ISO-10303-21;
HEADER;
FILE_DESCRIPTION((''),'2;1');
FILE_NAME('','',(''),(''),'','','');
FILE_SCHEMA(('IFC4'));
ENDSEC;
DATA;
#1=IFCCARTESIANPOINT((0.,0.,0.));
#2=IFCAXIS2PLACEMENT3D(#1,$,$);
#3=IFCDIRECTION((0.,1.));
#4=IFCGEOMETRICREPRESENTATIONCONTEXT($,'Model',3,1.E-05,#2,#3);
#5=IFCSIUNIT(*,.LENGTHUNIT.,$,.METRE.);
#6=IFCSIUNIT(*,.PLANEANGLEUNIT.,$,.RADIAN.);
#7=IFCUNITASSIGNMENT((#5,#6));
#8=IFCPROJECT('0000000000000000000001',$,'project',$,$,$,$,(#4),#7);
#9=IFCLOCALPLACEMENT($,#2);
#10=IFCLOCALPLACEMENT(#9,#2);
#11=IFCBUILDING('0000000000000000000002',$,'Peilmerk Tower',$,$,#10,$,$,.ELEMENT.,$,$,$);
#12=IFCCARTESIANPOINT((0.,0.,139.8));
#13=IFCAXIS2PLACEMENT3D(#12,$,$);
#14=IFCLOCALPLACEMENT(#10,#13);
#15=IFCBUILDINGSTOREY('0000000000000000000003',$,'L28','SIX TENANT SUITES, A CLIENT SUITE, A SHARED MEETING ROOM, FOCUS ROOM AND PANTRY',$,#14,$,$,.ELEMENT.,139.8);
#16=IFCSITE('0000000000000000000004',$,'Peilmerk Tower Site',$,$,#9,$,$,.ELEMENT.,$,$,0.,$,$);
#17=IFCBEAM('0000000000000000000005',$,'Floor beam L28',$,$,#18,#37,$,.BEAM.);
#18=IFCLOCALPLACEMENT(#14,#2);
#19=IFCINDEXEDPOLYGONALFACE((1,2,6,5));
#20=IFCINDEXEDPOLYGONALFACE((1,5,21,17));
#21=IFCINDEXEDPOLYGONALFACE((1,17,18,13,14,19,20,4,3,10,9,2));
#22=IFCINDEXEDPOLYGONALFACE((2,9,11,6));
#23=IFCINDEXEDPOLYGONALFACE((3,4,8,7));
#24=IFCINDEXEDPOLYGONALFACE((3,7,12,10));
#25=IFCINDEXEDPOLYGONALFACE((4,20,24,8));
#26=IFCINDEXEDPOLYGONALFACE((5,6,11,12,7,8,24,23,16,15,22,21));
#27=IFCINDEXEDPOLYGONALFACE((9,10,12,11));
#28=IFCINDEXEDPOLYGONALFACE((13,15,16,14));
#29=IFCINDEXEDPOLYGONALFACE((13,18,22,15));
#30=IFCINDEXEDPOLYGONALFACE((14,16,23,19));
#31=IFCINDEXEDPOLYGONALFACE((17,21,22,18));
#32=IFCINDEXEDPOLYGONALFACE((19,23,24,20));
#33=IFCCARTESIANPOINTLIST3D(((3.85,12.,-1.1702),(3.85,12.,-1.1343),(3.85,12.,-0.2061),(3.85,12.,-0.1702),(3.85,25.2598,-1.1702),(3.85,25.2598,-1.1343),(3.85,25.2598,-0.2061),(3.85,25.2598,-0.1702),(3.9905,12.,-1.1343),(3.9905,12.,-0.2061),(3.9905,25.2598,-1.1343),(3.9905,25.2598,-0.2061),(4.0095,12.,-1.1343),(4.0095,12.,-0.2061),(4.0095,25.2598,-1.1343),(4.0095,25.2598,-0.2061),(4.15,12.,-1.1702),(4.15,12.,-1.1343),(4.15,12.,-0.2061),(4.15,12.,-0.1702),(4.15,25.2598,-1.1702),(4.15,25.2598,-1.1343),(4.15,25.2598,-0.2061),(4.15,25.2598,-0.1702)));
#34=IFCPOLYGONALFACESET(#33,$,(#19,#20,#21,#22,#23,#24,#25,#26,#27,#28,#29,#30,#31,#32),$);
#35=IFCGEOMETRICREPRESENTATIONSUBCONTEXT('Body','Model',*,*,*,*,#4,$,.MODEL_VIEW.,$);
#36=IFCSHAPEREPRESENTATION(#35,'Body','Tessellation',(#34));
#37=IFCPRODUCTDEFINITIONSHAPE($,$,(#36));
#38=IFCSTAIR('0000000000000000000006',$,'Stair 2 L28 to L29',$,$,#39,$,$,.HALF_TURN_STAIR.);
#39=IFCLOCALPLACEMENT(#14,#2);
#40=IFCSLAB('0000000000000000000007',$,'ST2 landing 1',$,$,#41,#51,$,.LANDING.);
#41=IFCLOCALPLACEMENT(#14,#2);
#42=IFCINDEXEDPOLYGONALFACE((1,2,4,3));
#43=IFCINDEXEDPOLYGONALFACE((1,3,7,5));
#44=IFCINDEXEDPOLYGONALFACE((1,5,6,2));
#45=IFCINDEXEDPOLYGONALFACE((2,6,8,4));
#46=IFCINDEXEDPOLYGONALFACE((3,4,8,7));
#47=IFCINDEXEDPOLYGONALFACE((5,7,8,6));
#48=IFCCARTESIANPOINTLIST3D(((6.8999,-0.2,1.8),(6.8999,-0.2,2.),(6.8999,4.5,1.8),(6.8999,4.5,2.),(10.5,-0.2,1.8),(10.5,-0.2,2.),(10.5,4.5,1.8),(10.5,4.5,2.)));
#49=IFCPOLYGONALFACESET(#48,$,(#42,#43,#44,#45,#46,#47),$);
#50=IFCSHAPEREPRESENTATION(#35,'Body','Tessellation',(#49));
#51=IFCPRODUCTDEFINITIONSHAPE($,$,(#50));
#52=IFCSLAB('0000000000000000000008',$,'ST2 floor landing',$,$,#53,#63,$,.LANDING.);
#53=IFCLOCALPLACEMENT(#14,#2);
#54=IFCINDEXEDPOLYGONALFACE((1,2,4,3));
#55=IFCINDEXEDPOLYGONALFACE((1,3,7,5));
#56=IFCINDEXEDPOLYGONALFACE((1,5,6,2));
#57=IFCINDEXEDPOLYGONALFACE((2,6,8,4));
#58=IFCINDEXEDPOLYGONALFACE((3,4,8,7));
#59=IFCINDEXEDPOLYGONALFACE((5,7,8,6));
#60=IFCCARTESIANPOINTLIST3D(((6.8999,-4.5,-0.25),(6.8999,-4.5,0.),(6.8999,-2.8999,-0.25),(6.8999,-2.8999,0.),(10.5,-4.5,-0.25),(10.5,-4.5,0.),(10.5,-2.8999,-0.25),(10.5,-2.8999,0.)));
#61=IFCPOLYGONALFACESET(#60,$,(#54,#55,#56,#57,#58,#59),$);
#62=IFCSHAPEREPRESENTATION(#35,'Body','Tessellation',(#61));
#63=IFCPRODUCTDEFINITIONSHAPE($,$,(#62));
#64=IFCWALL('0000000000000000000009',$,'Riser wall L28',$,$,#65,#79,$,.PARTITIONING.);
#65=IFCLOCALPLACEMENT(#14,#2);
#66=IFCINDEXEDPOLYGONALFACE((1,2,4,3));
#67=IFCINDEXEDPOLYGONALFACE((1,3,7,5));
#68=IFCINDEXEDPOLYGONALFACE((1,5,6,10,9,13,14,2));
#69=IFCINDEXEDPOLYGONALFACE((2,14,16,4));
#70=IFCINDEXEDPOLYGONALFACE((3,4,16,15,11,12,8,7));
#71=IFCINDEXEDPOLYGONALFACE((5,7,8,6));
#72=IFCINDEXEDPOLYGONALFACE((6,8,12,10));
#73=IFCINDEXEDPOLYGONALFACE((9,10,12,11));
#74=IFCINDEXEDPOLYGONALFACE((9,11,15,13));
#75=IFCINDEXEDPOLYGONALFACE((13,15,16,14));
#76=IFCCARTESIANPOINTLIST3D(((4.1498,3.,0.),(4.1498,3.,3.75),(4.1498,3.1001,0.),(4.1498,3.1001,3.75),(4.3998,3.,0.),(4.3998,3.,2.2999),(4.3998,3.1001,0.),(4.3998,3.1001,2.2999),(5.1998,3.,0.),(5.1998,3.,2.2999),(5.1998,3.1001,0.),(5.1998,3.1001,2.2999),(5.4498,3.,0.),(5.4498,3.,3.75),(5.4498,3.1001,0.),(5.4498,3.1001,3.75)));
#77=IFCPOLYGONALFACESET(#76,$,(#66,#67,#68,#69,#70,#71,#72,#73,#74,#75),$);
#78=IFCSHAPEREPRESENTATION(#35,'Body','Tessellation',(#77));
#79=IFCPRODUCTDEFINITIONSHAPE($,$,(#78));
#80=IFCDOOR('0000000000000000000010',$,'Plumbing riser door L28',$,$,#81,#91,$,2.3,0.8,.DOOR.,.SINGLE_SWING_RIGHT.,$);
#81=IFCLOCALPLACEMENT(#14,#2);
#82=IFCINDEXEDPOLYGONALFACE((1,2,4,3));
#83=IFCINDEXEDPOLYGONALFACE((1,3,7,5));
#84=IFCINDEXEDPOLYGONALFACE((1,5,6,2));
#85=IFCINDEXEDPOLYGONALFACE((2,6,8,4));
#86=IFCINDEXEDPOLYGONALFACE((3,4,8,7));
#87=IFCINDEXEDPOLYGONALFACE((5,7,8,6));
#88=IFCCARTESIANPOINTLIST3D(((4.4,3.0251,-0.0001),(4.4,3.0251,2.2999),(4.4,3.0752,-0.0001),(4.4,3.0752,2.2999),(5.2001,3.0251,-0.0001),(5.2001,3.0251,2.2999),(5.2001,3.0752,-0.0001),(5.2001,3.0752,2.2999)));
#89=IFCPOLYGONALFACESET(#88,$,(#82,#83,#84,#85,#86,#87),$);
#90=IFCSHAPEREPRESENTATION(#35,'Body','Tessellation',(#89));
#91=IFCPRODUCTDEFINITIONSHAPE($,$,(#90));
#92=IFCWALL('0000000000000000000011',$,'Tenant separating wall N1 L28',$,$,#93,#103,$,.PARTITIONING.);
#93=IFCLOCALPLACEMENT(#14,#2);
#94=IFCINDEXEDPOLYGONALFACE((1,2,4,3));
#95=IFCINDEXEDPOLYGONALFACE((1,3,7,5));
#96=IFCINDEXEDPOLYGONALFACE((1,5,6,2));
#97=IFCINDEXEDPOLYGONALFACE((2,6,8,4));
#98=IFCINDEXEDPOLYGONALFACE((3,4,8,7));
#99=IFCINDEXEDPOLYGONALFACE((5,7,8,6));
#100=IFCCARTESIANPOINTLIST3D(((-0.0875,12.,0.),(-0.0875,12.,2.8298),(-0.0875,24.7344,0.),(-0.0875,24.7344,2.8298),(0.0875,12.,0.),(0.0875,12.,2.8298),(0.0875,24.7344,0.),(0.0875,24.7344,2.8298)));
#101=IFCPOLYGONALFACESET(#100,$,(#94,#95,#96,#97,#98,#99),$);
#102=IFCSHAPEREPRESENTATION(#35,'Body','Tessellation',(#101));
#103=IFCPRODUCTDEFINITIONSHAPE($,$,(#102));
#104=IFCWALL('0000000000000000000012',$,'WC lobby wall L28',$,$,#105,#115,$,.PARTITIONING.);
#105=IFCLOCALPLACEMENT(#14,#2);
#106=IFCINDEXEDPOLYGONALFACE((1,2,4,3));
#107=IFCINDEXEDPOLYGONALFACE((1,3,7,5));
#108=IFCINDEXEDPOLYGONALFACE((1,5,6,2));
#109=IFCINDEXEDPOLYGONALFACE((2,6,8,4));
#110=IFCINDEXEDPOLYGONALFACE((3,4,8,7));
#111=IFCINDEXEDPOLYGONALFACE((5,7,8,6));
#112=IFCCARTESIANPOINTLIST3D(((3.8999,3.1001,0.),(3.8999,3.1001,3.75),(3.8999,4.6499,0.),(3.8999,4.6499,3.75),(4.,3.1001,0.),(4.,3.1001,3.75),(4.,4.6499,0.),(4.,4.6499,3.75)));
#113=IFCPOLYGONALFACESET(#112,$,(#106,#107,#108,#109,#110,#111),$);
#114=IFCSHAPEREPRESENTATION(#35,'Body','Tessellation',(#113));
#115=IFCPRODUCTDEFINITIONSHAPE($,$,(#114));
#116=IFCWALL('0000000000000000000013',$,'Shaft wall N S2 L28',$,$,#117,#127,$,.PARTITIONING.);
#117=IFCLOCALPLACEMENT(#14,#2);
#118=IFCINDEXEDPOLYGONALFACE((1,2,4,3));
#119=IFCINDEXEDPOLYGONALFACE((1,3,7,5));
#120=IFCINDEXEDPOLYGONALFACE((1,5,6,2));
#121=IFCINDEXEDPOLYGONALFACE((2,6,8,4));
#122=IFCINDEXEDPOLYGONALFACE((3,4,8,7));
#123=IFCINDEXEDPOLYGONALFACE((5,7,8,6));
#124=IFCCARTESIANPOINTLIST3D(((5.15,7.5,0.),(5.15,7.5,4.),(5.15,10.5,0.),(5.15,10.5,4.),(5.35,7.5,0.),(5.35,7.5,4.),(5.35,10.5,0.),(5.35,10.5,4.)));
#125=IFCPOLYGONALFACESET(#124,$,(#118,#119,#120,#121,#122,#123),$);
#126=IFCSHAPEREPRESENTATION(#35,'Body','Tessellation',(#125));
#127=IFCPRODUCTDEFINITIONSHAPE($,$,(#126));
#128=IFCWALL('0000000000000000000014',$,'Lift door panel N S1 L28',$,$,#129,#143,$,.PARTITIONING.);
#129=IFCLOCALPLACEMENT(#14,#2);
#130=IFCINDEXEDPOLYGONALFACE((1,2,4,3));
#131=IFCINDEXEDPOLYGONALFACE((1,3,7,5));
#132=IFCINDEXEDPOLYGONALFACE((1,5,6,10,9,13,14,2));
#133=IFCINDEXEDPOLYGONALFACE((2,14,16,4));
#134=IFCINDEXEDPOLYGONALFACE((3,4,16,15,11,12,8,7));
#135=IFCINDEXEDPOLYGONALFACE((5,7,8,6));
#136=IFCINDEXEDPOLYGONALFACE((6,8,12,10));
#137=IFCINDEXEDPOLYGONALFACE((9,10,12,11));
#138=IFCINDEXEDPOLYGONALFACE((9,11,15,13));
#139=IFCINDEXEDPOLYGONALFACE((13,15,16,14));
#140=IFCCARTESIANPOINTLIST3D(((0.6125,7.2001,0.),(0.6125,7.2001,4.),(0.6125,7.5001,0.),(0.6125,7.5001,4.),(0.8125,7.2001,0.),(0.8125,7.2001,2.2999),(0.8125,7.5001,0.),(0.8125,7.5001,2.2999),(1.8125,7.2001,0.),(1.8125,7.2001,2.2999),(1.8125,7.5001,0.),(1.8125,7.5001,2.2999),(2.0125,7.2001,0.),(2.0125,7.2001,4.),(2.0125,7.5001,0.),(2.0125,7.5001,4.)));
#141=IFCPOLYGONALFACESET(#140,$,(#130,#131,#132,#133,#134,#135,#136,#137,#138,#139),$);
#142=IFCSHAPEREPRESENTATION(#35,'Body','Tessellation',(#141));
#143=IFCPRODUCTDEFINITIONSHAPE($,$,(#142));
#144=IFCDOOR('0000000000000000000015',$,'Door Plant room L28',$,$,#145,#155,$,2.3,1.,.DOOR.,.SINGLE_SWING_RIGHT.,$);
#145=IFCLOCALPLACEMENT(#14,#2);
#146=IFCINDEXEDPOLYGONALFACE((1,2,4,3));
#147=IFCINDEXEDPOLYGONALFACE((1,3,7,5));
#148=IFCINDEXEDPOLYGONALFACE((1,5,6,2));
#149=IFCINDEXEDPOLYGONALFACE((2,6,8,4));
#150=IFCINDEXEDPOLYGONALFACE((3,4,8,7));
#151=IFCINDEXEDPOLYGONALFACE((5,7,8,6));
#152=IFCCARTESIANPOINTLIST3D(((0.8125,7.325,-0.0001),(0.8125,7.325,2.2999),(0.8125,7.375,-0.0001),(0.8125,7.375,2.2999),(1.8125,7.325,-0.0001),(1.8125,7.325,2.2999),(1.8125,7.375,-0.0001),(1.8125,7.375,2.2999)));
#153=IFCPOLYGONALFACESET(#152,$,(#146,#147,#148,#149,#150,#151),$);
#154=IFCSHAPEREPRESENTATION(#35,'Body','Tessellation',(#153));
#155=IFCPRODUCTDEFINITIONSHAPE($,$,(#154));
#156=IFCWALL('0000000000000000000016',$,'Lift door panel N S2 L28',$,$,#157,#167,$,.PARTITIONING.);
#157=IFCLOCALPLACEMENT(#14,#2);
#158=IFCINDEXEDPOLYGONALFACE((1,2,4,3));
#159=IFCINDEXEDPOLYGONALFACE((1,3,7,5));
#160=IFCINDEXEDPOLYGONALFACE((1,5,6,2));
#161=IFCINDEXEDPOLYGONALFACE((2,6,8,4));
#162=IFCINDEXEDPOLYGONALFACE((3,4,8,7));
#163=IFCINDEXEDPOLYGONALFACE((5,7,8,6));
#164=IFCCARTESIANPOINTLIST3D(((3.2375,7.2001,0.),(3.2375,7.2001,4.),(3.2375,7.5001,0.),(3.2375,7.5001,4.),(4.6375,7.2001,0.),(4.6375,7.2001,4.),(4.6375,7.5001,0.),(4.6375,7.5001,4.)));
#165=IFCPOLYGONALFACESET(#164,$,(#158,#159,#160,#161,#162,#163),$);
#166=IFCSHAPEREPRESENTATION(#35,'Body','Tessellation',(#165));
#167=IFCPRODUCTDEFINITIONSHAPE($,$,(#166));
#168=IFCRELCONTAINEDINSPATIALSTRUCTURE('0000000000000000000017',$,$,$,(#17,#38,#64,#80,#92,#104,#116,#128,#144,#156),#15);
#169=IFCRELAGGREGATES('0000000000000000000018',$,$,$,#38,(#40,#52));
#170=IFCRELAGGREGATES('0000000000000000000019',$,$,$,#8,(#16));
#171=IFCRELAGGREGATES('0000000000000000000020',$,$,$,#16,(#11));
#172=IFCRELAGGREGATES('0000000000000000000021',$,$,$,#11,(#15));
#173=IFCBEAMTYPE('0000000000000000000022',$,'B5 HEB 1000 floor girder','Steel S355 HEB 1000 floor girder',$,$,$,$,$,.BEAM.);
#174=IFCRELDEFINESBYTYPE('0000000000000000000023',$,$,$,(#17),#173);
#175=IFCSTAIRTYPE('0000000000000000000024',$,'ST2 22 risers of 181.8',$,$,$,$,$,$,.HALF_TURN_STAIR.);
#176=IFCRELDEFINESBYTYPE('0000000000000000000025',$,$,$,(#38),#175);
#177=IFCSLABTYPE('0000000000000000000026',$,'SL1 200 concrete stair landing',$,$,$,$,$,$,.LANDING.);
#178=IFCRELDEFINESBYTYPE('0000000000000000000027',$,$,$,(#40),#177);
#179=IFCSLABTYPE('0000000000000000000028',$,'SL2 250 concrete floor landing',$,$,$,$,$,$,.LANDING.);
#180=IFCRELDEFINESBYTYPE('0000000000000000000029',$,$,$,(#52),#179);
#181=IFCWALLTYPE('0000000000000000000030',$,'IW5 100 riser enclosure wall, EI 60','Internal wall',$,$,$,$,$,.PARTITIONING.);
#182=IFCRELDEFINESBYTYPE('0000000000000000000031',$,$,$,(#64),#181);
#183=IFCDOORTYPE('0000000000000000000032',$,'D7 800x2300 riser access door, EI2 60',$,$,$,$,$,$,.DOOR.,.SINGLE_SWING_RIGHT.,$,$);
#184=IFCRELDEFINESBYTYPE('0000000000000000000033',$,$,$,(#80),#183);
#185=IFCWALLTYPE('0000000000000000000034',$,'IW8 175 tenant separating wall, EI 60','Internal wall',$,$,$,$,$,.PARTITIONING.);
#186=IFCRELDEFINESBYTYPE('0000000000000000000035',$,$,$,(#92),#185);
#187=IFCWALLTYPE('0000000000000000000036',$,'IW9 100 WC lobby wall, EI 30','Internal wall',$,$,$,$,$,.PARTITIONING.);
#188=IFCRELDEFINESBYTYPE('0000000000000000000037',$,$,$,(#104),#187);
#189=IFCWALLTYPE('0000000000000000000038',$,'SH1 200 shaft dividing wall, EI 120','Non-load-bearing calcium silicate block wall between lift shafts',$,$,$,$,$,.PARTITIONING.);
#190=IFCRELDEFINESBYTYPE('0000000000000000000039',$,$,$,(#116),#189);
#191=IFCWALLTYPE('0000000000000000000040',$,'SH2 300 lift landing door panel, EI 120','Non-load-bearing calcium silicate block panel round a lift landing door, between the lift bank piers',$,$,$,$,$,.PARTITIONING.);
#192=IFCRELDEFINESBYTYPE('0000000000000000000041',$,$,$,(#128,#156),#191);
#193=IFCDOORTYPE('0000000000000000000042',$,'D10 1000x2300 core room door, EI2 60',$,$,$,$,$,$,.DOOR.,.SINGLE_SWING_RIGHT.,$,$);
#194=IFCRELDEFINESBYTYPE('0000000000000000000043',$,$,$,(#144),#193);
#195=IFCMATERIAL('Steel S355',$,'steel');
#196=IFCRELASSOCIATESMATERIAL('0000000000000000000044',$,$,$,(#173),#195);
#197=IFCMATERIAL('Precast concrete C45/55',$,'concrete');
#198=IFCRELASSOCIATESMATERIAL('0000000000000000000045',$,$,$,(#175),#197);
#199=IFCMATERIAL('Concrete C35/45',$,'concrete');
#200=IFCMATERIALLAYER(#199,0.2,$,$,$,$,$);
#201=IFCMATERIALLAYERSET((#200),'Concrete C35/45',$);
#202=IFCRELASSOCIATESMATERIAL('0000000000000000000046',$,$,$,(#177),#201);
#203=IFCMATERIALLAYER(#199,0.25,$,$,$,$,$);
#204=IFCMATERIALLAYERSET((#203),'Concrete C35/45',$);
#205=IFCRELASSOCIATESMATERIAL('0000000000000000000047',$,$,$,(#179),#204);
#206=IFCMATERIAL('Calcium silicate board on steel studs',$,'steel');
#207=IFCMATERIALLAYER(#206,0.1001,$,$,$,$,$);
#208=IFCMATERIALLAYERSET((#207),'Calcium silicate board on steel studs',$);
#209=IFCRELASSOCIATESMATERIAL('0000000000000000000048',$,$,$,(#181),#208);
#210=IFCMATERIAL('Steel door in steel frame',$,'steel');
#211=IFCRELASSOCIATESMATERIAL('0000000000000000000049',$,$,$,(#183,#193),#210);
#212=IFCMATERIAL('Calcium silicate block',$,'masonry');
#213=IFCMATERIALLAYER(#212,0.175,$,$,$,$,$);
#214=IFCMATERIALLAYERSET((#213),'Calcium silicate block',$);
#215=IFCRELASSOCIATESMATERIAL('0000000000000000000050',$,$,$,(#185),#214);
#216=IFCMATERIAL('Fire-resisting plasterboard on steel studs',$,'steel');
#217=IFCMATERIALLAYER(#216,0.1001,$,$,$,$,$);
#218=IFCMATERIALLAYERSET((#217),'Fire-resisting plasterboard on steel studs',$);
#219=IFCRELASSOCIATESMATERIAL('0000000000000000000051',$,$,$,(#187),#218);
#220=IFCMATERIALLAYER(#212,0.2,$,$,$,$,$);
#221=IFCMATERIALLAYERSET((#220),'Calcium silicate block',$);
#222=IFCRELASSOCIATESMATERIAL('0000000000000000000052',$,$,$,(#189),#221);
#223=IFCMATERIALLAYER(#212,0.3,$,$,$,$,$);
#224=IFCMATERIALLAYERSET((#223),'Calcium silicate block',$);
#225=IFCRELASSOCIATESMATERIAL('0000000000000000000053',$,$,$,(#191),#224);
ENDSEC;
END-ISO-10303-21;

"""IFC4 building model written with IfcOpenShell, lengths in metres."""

from ifc_helpers import new_model, si_unit, direction, frame, frame_2d, origin, origin_2d, place, context, subcontext, project, spatial, polyline, rectangle, i_section, outline, extrude, material, layer, layer_set, material_profile, profile_set, type_object, element, fill, aggregate, save


model = new_model("IFC4")

# Units and contexts
model_context = context("Model", 3, precision=1e-05, world=origin(), true_north=direction((0.0, 1.0)))
body_context = subcontext(model_context, "Body", "Model", "MODEL_VIEW")
ifc_project = project(units=[si_unit("LENGTHUNIT", "METRE"), si_unit("PLANEANGLEUNIT", "RADIAN")], contexts=[model_context])

# Site, building, storey
site_placement = place(None, origin())
site = spatial("IfcSite", under=ifc_project, at=site_placement, Name="Peilmerk Tower Site", CompositionType="ELEMENT", RefElevation=0.0)
building_placement = place(site_placement, origin())
building = spatial("IfcBuilding", under=site, at=building_placement, Name="Peilmerk Tower", CompositionType="ELEMENT")
storey_placement = place(building_placement, frame((0.0, 0.0, 139.8)))
storey = spatial("IfcBuildingStorey", under=building, at=storey_placement, Name="L28", Description="SIX TENANT SUITES, A CLIENT SUITE, A SHARED MEETING ROOM, FOCUS ROOM AND PANTRY", CompositionType="ELEMENT", Elevation=139.8)

# Beam
ifc_material_1 = material(Name="Steel S355", Category="steel")
ifc_material_profile = material_profile(ifc_material_1, i_section(OverallWidth=0.3, OverallDepth=1.0, WebThickness=0.019, FlangeThickness=0.0359, at=origin_2d()), Name="HEB 1000")
ifc_profile_set = profile_set([ifc_material_profile], Name="Steel S355")
beam_type = type_object("IfcBeamType", Name="B5 HEB 1000 floor girder", Description="Steel S355 HEB 1000 floor girder", PredefinedType="BEAM", material=ifc_profile_set)
beam_placement = place(storey_placement, frame((4.0, 12.0, -0.6702), z_axis=(0.0, 1.0, 0.0), x_axis=(-1.0, 0.0, 0.0)))
element("IfcBeam", 1, at=beam_placement, inside=storey, type_object=beam_type, Name="Floor beam L28", PredefinedType="BEAM", context=body_context, shape_type="SweptSolid", body=[
    extrude(i_section(OverallWidth=0.3, OverallDepth=1.0, WebThickness=0.019, FlangeThickness=0.0359, at=origin_2d()), origin(), (0.0, 0.0, 1.0), 13.2598),
])

# Stair, slabs
ifc_material_2 = material(Name="Precast concrete C45/55", Category="concrete")
stair_type = type_object("IfcStairType", Name="ST2 22 risers of 181.8", PredefinedType="HALF_TURN_STAIR", material=ifc_material_2)
stair_placement = place(storey_placement, origin())
stair = element("IfcStair", 2, at=stair_placement, inside=storey, type_object=stair_type, Name="Stair 2 L28 to L29", PredefinedType="HALF_TURN_STAIR")
ifc_material_3 = material(Name="Concrete C35/45", Category="concrete")
ifc_layer_1 = layer(ifc_material_3, 0.2)
ifc_layer_set_1 = layer_set([ifc_layer_1], Name="Concrete C35/45")
slab_type_1 = type_object("IfcSlabType", Name="SL1 200 concrete stair landing", PredefinedType="LANDING", material=ifc_layer_set_1)
slab_1_placement = place(storey_placement, frame((0.0, 0.0, 1.8)))
slab_1 = element("IfcSlab", 3, at=slab_1_placement, type_object=slab_type_1, Name="ST2 landing 1", PredefinedType="LANDING", context=body_context, shape_type="SweptSolid", body=[
    extrude(outline(polyline([(6.8999, -0.2), (10.5, -0.2), (10.5, 4.5), (6.8999, 4.5), (6.8999, -0.2)])), origin(), (0.0, 0.0, 1.0), 0.2),
])
ifc_layer_2 = layer(ifc_material_3, 0.25)
ifc_layer_set_2 = layer_set([ifc_layer_2], Name="Concrete C35/45")
slab_type_2 = type_object("IfcSlabType", Name="SL2 250 concrete floor landing", PredefinedType="LANDING", material=ifc_layer_set_2)
slab_2_placement = place(storey_placement, frame((0.0, 0.0, -0.25)))
slab_2 = element("IfcSlab", 4, at=slab_2_placement, type_object=slab_type_2, Name="ST2 floor landing", PredefinedType="LANDING", context=body_context, shape_type="SweptSolid", body=[
    extrude(outline(polyline([(6.8999, -4.5), (10.5, -4.5), (10.5, -2.8999), (6.8999, -2.8999), (6.8999, -4.5)])), origin(), (0.0, 0.0, 1.0), 0.25),
])
aggregate(stair, [slab_1, slab_2])

# Wall, opening, door
ifc_material_4 = material(Name="Calcium silicate board on steel studs", Category="steel")
ifc_layer_3 = layer(ifc_material_4, 0.1001)
ifc_layer_set_3 = layer_set([ifc_layer_3], Name="Calcium silicate board on steel studs")
wall_type_1 = type_object("IfcWallType", Name="IW5 100 riser enclosure wall, EI 60", Description="Internal wall", PredefinedType="PARTITIONING", material=ifc_layer_set_3)
wall_1_placement = place(storey_placement, frame((4.1499, 3.05, 0.0), z_axis=(0.0, 0.0, 1.0), x_axis=(1.0, 0.0, 0.0)))
wall_1 = element("IfcWall", 5, at=wall_1_placement, inside=storey, type_object=wall_type_1, Name="Riser wall L28", PredefinedType="PARTITIONING", context=body_context, shape_type="SweptSolid", body=[
    extrude(rectangle(XDim=1.3, YDim=0.1001, at=frame_2d((0.6499, 0.0))), origin(), (0.0, 0.0, 1.0), 3.75),
])
opening_1_placement = place(wall_1_placement, frame((0.25, 0.0, 0.0)))
opening_1 = element("IfcOpeningElement", 6, at=opening_1_placement, cuts=wall_1, PredefinedType="OPENING", context=body_context, shape_type="SweptSolid", body=[
    extrude(rectangle(XDim=0.8, YDim=2.3, at=frame_2d((0.3999, 1.1499))), frame((0.0, 0.0601, 0.0), z_axis=(0.0, -1.0, 0.0), x_axis=(1.0, 0.0, 0.0)), (0.0, 0.0, 1.0), 0.1201),
])
ifc_material_5 = material(Name="Steel door in steel frame", Category="steel")
door_type_1 = type_object("IfcDoorType", Name="D7 800x2300 riser access door, EI2 60", OperationType="SINGLE_SWING_RIGHT", PredefinedType="DOOR", material=ifc_material_5)
door_1_placement = place(opening_1_placement, frame((0.8, 0.0, 0.0), z_axis=(0.0, 0.0, 1.0), x_axis=(-1.0, 0.0, 0.0)))
door_1 = element("IfcDoor", 7, at=door_1_placement, inside=storey, type_object=door_type_1, Name="Plumbing riser door L28", OperationType="SINGLE_SWING_RIGHT", OverallHeight=2.3, OverallWidth=0.8, PredefinedType="DOOR", context=body_context, shape_type="SweptSolid", body=[
    extrude(rectangle(XDim=0.8, YDim=2.3, at=frame_2d((0.3999, 1.1499))), frame((0.0, 0.0249, 0.0), z_axis=(0.0, -1.0, 0.0), x_axis=(1.0, 0.0, 0.0)), (0.0, 0.0, 1.0), 0.05),
])
fill(opening_1, door_1)

# Walls
ifc_material_6 = material(Name="Calcium silicate block", Category="masonry")
ifc_layer_4 = layer(ifc_material_6, 0.175)
ifc_layer_set_4 = layer_set([ifc_layer_4], Name="Calcium silicate block")
wall_type_2 = type_object("IfcWallType", Name="IW8 175 tenant separating wall, EI 60", Description="Internal wall", PredefinedType="PARTITIONING", material=ifc_layer_set_4)
wall_2_placement = place(storey_placement, frame((0.0, 12.0, 0.0), z_axis=(0.0, 0.0, 1.0), x_axis=(0.0, 1.0, 0.0)))
element("IfcWall", 8, at=wall_2_placement, inside=storey, type_object=wall_type_2, Name="Tenant separating wall N1 L28", PredefinedType="PARTITIONING", context=body_context, shape_type="SweptSolid", body=[
    extrude(rectangle(XDim=12.7344, YDim=0.175, at=frame_2d((6.3672, 0.0))), origin(), (0.0, 0.0, 1.0), 2.8298),
])
ifc_material_7 = material(Name="Fire-resisting plasterboard on steel studs", Category="steel")
ifc_layer_5 = layer(ifc_material_7, 0.1001)
ifc_layer_set_5 = layer_set([ifc_layer_5], Name="Fire-resisting plasterboard on steel studs")
wall_type_3 = type_object("IfcWallType", Name="IW9 100 WC lobby wall, EI 30", Description="Internal wall", PredefinedType="PARTITIONING", material=ifc_layer_set_5)
wall_3_placement = place(storey_placement, frame((3.95, 3.1001, 0.0), z_axis=(0.0, 0.0, 1.0), x_axis=(0.0, 1.0, 0.0)))
element("IfcWall", 9, at=wall_3_placement, inside=storey, type_object=wall_type_3, Name="WC lobby wall L28", PredefinedType="PARTITIONING", context=body_context, shape_type="SweptSolid", body=[
    extrude(rectangle(XDim=1.5498, YDim=0.1001, at=frame_2d((0.7749, 0.0))), origin(), (0.0, 0.0, 1.0), 3.75),
])
ifc_layer_6 = layer(ifc_material_6, 0.2)
ifc_layer_set_6 = layer_set([ifc_layer_6], Name="Calcium silicate block")
wall_type_4 = type_object("IfcWallType", Name="SH1 200 shaft dividing wall, EI 120", Description="Non-load-bearing calcium silicate block wall between lift shafts", PredefinedType="PARTITIONING", material=ifc_layer_set_6)
wall_4_placement = place(storey_placement, frame((5.25, 7.5, 0.0), z_axis=(0.0, 0.0, 1.0), x_axis=(0.0, 1.0, 0.0)))
element("IfcWall", 10, at=wall_4_placement, inside=storey, type_object=wall_type_4, Name="Shaft wall N S2 L28", PredefinedType="PARTITIONING", context=body_context, shape_type="SweptSolid", body=[
    extrude(rectangle(XDim=3.0, YDim=0.2, at=frame_2d((1.5, 0.0))), origin(), (0.0, 0.0, 1.0), 4.0),
])

# Wall, opening, door
ifc_layer_7 = layer(ifc_material_6, 0.3)
ifc_layer_set_7 = layer_set([ifc_layer_7], Name="Calcium silicate block")
wall_type_5 = type_object("IfcWallType", Name="SH2 300 lift landing door panel, EI 120", Description="Non-load-bearing calcium silicate block panel round a lift landing door, between the lift bank piers", PredefinedType="PARTITIONING", material=ifc_layer_set_7)
wall_5_placement = place(storey_placement, frame((0.6125, 7.3501, 0.0), z_axis=(0.0, 0.0, 1.0), x_axis=(1.0, 0.0, 0.0)))
wall_5 = element("IfcWall", 11, at=wall_5_placement, inside=storey, type_object=wall_type_5, Name="Lift door panel N S1 L28", PredefinedType="PARTITIONING", context=body_context, shape_type="SweptSolid", body=[
    extrude(rectangle(XDim=1.3999, YDim=0.3, at=frame_2d((0.7, 0.0))), origin(), (0.0, 0.0, 1.0), 4.0),
])
opening_2_placement = place(wall_5_placement, frame((0.2, 0.0, 0.0)))
opening_2 = element("IfcOpeningElement", 12, at=opening_2_placement, cuts=wall_5, PredefinedType="OPENING", context=body_context, shape_type="SweptSolid", body=[
    extrude(rectangle(XDim=1.0, YDim=2.3, at=frame_2d((0.5, 1.1499))), frame((0.0, 0.1599, 0.0), z_axis=(0.0, -1.0, 0.0), x_axis=(1.0, 0.0, 0.0)), (0.0, 0.0, 1.0), 0.3201),
])
door_type_2 = type_object("IfcDoorType", Name="D10 1000x2300 core room door, EI2 60", OperationType="SINGLE_SWING_RIGHT", PredefinedType="DOOR", material=ifc_material_5)
door_2_placement = place(opening_2_placement, origin())
door_2 = element("IfcDoor", 13, at=door_2_placement, inside=storey, type_object=door_type_2, Name="Door Plant room L28", OperationType="SINGLE_SWING_RIGHT", OverallHeight=2.3, OverallWidth=1.0, PredefinedType="DOOR", context=body_context, shape_type="SweptSolid", body=[
    extrude(rectangle(XDim=1.0, YDim=2.3, at=frame_2d((0.5, 1.1499))), frame((0.0, 0.0249, 0.0), z_axis=(0.0, -1.0, 0.0), x_axis=(1.0, 0.0, 0.0)), (0.0, 0.0, 1.0), 0.05),
])
fill(opening_2, door_2)

# Wall
wall_6_placement = place(storey_placement, frame((3.2375, 7.3501, 0.0), z_axis=(0.0, 0.0, 1.0), x_axis=(1.0, 0.0, 0.0)))
element("IfcWall", 14, at=wall_6_placement, inside=storey, type_object=wall_type_5, Name="Lift door panel N S2 L28", PredefinedType="PARTITIONING", context=body_context, shape_type="SweptSolid", body=[
    extrude(rectangle(XDim=1.3999, YDim=0.3, at=frame_2d((0.7, 0.0))), origin(), (0.0, 0.0, 1.0), 4.0),
])

save(model, "model.ifc")
